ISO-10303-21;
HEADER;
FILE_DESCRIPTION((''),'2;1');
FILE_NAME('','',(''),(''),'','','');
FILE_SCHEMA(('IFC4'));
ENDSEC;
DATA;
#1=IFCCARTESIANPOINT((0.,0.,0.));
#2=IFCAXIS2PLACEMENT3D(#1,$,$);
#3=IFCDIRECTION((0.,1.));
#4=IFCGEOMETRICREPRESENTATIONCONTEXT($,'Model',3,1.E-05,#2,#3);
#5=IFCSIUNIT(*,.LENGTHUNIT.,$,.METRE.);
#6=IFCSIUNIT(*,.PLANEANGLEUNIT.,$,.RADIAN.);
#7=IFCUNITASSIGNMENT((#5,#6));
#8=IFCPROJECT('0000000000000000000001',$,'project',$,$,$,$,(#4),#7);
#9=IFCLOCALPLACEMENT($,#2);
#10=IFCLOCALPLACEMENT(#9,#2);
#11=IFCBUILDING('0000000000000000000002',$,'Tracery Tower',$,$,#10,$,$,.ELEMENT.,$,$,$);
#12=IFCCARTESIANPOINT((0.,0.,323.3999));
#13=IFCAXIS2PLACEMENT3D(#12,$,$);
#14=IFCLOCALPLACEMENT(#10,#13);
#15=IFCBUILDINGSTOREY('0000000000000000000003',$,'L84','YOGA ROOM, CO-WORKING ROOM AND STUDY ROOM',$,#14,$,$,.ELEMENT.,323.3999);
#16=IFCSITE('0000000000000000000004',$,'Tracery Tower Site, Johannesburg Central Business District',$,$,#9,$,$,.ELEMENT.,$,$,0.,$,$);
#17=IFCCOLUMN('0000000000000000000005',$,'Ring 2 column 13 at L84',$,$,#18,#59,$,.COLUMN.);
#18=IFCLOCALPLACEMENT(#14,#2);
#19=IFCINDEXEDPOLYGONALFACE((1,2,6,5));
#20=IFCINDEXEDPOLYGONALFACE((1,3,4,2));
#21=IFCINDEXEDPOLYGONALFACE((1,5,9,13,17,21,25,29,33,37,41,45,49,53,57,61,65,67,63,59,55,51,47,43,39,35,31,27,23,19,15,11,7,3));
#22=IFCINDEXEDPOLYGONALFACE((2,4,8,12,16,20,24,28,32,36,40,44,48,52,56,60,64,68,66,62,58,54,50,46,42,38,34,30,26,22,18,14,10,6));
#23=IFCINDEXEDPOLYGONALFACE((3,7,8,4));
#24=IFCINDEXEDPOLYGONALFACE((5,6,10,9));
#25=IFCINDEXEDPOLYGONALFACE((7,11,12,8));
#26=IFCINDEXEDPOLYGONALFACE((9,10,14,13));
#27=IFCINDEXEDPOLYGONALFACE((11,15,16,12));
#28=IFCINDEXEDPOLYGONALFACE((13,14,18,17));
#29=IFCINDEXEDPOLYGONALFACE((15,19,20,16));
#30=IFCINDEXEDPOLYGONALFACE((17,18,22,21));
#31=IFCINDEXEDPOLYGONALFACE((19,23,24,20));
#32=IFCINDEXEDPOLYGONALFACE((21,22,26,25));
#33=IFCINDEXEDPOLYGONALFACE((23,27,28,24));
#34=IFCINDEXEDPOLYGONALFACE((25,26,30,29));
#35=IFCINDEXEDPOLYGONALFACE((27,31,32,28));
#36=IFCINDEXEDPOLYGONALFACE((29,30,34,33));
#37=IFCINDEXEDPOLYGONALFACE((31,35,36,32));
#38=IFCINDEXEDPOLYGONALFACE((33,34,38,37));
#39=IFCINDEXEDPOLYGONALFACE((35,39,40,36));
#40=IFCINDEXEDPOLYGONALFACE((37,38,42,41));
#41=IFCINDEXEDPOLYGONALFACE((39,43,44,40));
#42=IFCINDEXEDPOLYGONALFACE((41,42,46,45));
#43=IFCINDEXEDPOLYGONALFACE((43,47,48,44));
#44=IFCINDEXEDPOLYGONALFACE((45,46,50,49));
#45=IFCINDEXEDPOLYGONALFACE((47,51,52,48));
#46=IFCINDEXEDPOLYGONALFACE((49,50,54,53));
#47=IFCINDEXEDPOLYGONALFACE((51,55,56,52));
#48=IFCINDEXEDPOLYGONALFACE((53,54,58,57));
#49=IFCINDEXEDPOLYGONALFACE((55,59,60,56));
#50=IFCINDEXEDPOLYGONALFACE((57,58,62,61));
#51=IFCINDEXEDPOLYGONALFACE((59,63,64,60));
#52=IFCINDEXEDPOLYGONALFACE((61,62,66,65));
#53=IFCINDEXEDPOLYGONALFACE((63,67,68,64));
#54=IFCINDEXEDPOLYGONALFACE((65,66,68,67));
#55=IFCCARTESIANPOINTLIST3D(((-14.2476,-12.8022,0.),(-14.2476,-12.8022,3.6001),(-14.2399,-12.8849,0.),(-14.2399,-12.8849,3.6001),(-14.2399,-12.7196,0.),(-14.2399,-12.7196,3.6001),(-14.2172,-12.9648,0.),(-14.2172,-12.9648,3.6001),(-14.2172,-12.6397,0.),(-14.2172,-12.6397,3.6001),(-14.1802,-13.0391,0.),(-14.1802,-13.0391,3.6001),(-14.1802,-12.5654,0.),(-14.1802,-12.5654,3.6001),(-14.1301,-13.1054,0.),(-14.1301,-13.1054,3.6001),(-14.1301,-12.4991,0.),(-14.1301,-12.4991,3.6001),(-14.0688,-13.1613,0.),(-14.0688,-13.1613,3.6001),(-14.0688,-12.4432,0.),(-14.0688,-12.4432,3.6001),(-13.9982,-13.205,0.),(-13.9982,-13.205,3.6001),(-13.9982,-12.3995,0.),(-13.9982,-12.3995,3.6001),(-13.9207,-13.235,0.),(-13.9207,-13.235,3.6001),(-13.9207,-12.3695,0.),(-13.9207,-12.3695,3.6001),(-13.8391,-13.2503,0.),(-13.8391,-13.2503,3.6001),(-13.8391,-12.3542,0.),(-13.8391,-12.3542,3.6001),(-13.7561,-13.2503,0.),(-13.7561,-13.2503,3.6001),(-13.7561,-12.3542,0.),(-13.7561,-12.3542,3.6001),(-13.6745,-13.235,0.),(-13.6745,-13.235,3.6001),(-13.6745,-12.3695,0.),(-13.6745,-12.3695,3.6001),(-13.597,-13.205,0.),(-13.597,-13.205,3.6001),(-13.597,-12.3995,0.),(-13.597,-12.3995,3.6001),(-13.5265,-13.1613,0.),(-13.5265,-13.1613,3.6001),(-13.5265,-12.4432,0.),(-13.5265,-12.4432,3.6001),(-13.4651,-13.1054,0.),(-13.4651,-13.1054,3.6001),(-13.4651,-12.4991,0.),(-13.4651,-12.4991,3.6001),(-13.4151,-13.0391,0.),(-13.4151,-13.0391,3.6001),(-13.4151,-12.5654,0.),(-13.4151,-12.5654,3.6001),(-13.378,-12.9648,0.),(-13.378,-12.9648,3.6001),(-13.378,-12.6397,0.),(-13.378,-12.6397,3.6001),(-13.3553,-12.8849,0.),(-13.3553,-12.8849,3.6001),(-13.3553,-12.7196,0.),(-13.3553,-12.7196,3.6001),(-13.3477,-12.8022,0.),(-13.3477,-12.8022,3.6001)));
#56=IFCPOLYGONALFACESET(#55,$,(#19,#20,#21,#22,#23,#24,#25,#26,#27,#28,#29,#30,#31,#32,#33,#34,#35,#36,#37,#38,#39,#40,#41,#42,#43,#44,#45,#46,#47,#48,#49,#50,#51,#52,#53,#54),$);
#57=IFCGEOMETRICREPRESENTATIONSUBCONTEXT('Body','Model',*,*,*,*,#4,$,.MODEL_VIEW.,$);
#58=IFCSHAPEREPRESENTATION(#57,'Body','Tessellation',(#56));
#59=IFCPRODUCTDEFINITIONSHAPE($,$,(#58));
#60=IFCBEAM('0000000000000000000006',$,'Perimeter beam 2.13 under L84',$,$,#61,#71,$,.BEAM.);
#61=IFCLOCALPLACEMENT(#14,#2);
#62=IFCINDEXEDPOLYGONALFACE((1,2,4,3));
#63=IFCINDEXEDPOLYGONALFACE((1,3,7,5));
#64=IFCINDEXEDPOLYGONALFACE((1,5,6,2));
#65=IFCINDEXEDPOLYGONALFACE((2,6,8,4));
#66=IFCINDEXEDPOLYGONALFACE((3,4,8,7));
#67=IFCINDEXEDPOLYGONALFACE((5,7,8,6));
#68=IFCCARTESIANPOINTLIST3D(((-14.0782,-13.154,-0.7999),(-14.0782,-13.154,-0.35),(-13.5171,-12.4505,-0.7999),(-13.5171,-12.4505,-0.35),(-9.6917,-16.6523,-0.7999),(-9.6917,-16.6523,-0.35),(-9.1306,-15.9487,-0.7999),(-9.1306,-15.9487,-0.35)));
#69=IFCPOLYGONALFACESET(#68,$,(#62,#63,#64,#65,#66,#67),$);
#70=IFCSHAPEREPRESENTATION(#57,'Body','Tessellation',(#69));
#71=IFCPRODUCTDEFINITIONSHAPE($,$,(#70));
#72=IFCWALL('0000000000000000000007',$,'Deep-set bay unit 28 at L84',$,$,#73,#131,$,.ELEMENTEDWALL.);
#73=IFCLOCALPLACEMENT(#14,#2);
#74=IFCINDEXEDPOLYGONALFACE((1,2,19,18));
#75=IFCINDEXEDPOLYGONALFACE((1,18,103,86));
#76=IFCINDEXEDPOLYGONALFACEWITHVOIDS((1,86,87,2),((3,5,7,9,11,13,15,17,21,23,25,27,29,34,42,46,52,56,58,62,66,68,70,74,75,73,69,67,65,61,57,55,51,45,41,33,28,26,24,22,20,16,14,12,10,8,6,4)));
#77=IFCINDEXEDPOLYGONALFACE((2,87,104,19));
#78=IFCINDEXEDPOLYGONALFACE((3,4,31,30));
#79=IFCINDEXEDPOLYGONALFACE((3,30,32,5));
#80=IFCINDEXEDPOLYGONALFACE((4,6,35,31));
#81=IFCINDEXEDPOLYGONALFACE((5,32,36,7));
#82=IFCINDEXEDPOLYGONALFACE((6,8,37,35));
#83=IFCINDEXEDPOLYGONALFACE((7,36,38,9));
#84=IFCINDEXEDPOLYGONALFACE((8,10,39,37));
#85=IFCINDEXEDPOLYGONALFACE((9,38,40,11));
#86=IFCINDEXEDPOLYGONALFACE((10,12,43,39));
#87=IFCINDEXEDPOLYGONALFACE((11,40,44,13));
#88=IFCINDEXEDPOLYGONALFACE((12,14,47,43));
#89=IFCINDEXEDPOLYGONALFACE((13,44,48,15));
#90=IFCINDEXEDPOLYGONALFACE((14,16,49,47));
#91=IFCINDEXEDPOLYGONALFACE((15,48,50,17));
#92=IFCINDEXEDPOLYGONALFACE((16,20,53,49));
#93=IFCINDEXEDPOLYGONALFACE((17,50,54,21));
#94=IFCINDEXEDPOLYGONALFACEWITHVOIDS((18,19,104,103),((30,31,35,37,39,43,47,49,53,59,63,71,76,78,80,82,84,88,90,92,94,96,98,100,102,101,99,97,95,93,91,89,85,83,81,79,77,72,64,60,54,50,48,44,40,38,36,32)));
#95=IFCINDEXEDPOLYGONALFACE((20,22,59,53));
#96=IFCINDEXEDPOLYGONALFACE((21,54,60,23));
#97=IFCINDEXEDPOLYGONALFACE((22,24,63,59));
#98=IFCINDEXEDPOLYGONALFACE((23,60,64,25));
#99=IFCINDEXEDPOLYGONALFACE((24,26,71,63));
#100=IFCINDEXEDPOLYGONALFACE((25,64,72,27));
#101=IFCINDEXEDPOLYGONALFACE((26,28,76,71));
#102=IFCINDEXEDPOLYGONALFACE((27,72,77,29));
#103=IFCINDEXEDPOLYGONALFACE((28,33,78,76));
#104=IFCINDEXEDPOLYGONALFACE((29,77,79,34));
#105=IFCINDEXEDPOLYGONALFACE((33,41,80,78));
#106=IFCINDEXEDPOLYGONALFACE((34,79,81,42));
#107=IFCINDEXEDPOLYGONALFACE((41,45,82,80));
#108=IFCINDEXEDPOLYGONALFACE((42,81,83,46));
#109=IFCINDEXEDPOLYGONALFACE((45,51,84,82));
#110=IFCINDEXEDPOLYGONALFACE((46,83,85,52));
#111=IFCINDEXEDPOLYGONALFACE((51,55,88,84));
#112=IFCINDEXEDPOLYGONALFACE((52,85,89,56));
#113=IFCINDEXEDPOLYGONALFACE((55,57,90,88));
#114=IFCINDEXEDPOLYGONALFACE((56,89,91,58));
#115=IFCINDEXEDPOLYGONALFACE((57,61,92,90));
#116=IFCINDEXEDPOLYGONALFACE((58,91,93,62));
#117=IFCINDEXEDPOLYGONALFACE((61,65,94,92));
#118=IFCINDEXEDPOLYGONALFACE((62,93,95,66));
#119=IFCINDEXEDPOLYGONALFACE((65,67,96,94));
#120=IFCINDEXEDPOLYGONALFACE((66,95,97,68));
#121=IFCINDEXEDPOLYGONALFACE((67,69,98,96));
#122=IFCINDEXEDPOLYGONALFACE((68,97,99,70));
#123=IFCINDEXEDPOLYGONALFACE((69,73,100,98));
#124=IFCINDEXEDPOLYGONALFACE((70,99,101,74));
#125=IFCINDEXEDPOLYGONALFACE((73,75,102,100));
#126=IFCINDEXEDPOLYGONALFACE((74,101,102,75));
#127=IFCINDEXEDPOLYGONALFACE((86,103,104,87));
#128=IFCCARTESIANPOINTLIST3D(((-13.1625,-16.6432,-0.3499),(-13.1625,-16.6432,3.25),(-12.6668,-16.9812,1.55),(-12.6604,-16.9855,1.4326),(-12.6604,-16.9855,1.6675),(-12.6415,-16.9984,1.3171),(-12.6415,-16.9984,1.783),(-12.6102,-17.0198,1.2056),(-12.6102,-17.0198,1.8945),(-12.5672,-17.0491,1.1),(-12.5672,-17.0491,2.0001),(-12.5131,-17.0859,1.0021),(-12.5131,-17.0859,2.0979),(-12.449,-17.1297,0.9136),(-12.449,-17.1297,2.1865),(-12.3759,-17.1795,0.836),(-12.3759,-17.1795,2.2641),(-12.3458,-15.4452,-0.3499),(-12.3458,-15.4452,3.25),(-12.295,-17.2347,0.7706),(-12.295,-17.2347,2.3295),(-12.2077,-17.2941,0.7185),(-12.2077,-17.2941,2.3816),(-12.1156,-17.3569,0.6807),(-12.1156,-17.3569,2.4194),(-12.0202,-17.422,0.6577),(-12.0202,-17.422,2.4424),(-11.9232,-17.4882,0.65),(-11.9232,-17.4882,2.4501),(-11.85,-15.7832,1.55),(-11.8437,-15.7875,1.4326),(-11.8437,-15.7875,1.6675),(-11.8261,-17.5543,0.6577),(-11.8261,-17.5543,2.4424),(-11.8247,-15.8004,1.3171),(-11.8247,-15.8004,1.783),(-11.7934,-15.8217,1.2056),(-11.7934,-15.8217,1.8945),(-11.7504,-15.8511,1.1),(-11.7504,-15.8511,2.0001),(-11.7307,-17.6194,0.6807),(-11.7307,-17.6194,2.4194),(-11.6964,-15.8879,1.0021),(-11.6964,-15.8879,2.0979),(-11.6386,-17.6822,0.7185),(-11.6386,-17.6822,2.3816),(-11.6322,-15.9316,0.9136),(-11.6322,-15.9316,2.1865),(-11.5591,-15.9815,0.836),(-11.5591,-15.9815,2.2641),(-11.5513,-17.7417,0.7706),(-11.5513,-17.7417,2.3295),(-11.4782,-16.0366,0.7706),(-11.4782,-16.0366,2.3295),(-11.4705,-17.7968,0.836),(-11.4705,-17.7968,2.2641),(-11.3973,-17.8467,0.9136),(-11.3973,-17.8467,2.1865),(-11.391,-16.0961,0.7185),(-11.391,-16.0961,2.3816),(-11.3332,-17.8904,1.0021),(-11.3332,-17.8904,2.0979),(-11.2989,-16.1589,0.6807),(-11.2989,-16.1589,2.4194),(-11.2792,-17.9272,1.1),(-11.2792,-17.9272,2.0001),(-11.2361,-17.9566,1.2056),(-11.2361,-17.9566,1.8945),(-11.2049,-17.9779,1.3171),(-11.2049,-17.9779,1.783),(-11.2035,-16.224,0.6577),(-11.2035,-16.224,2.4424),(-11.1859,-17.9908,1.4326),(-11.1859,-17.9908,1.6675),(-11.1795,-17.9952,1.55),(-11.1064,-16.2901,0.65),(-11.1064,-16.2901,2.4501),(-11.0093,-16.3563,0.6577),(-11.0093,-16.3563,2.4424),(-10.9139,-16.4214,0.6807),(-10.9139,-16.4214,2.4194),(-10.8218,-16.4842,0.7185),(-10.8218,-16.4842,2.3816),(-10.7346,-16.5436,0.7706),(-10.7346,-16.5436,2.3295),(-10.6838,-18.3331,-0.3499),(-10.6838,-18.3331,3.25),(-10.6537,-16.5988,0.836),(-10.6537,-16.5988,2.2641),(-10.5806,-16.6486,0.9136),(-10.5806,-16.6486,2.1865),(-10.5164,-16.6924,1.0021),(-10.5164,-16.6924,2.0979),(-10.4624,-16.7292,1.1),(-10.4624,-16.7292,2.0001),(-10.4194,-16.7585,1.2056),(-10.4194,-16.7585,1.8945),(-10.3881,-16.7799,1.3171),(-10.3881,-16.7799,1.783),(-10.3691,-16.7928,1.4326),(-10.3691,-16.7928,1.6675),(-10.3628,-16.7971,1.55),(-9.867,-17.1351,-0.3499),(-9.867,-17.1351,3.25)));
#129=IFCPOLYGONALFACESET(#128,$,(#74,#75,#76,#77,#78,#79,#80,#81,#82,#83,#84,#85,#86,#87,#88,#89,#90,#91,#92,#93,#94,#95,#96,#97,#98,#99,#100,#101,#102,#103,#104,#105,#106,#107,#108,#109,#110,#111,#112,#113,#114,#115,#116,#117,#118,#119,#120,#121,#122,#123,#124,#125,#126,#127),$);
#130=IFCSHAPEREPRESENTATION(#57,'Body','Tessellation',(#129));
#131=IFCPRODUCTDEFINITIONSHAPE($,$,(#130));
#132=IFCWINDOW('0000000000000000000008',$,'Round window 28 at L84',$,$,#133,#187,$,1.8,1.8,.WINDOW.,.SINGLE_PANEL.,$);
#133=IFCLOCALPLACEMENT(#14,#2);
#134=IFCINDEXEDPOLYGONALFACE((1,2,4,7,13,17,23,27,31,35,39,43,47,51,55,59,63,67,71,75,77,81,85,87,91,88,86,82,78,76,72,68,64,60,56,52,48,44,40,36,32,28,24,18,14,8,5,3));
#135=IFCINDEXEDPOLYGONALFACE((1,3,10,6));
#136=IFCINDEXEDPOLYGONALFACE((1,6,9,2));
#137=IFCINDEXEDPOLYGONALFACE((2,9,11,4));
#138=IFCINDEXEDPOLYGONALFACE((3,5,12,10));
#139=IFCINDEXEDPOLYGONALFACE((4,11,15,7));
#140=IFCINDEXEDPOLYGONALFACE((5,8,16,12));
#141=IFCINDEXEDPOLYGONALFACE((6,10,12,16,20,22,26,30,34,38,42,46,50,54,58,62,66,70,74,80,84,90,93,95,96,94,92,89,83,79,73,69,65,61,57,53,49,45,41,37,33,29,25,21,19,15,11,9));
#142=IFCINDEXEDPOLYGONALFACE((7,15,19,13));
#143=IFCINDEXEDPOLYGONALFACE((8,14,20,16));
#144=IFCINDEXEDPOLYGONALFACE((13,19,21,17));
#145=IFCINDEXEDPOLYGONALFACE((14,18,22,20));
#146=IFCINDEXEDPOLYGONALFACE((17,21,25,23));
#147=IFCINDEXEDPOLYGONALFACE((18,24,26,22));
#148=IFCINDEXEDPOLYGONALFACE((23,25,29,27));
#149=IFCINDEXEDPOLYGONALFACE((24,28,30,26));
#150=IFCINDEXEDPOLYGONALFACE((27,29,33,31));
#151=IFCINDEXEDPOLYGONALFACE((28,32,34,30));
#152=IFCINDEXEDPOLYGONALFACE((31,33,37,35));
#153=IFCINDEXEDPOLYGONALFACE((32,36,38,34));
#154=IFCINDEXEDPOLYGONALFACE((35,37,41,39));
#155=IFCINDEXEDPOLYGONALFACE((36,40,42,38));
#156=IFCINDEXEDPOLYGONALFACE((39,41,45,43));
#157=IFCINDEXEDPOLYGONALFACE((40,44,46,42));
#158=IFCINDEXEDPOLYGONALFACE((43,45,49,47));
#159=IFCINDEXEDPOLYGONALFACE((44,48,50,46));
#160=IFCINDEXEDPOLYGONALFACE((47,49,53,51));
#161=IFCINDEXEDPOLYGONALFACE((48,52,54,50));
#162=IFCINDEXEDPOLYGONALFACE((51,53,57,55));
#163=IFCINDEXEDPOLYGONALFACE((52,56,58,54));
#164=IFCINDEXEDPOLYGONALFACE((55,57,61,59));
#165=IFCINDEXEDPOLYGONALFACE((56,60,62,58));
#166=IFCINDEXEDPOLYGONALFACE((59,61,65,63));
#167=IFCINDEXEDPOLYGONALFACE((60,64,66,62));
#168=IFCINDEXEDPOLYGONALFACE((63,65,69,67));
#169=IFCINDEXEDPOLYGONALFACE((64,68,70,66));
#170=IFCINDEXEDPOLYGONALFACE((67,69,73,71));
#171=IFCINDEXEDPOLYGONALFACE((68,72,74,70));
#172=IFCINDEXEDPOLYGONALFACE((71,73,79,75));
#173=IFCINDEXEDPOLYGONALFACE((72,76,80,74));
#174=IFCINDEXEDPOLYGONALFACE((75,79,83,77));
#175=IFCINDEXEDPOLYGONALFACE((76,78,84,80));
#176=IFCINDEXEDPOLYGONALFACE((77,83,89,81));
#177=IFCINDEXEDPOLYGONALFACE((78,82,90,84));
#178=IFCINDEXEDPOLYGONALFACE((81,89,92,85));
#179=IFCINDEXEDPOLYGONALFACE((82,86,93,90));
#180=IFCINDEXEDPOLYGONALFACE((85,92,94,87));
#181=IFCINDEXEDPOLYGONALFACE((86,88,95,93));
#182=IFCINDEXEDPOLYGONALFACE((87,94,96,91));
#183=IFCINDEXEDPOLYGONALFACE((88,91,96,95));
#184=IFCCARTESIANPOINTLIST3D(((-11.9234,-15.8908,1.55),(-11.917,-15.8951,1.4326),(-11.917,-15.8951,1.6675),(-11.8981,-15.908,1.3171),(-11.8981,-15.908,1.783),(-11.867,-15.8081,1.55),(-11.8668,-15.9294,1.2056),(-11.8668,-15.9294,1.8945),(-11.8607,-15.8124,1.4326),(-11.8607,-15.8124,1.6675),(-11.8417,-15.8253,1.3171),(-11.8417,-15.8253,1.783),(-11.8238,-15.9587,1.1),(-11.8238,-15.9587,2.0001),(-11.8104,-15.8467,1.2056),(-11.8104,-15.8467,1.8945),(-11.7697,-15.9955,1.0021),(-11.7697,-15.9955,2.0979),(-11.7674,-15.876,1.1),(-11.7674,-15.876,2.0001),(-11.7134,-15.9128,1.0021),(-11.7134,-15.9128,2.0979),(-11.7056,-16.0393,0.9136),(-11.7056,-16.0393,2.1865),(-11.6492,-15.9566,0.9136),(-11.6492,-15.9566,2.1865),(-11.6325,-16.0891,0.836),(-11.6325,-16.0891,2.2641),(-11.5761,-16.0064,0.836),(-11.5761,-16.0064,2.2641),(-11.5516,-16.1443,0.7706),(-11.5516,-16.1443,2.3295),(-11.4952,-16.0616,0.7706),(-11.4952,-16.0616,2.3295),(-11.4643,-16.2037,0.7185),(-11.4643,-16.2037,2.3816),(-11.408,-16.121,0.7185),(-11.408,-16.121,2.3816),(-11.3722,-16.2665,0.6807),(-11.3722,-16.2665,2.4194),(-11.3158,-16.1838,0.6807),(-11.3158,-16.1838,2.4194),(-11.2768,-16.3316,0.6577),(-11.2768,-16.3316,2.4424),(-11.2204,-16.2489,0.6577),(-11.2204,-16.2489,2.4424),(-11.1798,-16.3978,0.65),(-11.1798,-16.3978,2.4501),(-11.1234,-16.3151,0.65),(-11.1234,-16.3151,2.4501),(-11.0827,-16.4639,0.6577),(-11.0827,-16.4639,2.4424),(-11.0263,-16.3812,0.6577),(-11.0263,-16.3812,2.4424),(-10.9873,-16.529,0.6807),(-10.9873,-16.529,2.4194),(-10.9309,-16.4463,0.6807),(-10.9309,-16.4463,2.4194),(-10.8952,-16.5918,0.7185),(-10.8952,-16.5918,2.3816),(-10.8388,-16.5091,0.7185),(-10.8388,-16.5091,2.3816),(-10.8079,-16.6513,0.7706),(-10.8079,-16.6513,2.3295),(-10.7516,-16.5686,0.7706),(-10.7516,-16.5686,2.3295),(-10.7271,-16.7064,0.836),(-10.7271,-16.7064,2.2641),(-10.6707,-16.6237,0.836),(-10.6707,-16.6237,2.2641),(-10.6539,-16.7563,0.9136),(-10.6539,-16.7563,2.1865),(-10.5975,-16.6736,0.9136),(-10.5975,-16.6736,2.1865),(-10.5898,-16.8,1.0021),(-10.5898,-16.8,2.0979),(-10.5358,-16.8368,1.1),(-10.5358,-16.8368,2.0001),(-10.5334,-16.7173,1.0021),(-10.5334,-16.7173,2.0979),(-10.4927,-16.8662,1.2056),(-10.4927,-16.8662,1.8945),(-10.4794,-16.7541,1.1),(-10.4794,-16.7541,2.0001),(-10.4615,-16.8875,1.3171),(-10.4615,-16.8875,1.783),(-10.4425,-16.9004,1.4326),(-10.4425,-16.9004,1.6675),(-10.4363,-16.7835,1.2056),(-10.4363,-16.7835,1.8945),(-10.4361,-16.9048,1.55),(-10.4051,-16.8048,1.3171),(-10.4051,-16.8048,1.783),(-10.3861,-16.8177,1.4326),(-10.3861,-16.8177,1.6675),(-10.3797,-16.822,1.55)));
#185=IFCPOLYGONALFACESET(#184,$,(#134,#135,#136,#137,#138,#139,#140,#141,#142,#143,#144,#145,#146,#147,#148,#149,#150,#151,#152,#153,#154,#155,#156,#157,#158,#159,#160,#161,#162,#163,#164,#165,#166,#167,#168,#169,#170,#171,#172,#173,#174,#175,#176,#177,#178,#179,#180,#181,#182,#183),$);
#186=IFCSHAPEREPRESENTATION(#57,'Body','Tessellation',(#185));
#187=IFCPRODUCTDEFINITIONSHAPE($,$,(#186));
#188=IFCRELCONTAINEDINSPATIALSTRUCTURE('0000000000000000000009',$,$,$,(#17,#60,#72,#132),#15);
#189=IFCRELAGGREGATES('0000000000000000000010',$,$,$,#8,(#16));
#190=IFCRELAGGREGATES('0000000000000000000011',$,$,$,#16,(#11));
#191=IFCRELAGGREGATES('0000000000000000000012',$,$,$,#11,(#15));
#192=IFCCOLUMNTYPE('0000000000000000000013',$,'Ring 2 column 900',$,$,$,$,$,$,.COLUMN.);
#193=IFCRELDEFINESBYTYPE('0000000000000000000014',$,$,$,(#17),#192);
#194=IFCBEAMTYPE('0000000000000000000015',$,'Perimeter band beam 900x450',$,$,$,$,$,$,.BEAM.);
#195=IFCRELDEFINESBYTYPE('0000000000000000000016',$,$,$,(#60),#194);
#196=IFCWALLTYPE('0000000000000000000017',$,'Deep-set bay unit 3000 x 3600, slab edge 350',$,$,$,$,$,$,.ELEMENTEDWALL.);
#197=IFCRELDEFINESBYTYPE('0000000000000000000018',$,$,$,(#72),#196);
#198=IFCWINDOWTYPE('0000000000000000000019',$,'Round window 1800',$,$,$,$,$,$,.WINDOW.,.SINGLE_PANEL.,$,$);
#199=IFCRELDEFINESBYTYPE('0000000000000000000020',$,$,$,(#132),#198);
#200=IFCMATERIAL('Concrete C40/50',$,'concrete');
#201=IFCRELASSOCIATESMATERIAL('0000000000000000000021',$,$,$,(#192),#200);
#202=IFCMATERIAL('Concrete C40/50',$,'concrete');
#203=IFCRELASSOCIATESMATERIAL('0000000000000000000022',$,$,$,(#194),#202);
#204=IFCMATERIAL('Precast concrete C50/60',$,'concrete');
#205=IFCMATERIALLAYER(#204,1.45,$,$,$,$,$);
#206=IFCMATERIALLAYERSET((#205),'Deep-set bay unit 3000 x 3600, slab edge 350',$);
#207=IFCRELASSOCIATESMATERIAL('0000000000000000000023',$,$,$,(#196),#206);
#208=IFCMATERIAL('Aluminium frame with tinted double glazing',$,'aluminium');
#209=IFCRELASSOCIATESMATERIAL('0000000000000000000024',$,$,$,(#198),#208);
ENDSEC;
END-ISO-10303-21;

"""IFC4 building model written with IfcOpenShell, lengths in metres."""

from ifc_helpers import new_model, si_unit, direction, frame, frame_2d, origin, origin_2d, place, context, subcontext, project, spatial, rectangle, circle, extrude, material, layer, layer_set, material_profile, profile_set, type_object, element, fill, save


model = new_model("IFC4")

# Units and contexts
model_context = context("Model", 3, precision=1e-05, world=origin(), true_north=direction((0.0, 1.0)))
body_context = subcontext(model_context, "Body", "Model", "MODEL_VIEW")
ifc_project = project(units=[si_unit("LENGTHUNIT", "METRE"), si_unit("PLANEANGLEUNIT", "RADIAN")], contexts=[model_context])

# Site, building, storey
site_placement = place(None, origin())
site = spatial("IfcSite", under=ifc_project, at=site_placement, Name="Tracery Tower Site, Johannesburg Central Business District", CompositionType="ELEMENT", RefElevation=0.0)
building_placement = place(site_placement, origin())
building = spatial("IfcBuilding", under=site, at=building_placement, Name="Tracery Tower", CompositionType="ELEMENT")
storey_placement = place(building_placement, frame((0.0, 0.0, 323.3999)))
storey = spatial("IfcBuildingStorey", under=building, at=storey_placement, Name="L84", Description="YOGA ROOM, CO-WORKING ROOM AND STUDY ROOM", CompositionType="ELEMENT", Elevation=323.3999)

# Column
ifc_material_1 = material(Name="Concrete C40/50", Category="concrete")
ifc_material_profile_1 = material_profile(ifc_material_1, circle(Radius=0.45, at=origin_2d()), Name="RC D900")
ifc_profile_set_1 = profile_set([ifc_material_profile_1], Name="Concrete C40/50")
column_type = type_object("IfcColumnType", Name="Ring 2 column 900", PredefinedType="COLUMN", material=ifc_profile_set_1)
column_placement = place(storey_placement, frame((-13.7976, -12.8022, 0.0), z_axis=(0.0, 0.0, 1.0), x_axis=(1.0, 0.0, 0.0)))
element("IfcColumn", 1, at=column_placement, inside=storey, type_object=column_type, Name="Ring 2 column 13 at L84", PredefinedType="COLUMN", context=body_context, shape_type="SweptSolid", body=[
    extrude(circle(Radius=0.45, at=origin_2d()), origin(), (0.0, 0.0, 1.0), 3.6001),
])

# Beam
ifc_material_2 = material(Name="Concrete C40/50", Category="concrete")
ifc_material_profile_2 = material_profile(ifc_material_2, rectangle(XDim=0.8999, YDim=0.45, at=origin_2d()), Name="RC 900x450")
ifc_profile_set_2 = profile_set([ifc_material_profile_2], Name="Concrete C40/50")
beam_type = type_object("IfcBeamType", Name="Perimeter band beam 900x450", PredefinedType="BEAM", material=ifc_profile_set_2)
beam_placement = place(storey_placement, frame((-13.7976, -12.8022, -0.575), z_axis=(0.781815, -0.623511, 0.0), x_axis=(0.623511, 0.781815, 0.0)))
element("IfcBeam", 2, at=beam_placement, inside=storey, type_object=beam_type, Name="Perimeter beam 2.13 under L84", PredefinedType="BEAM", context=body_context, shape_type="SweptSolid", body=[
    extrude(rectangle(XDim=0.8999, YDim=0.45, at=origin_2d()), origin(), (0.0, 0.0, 1.0), 5.6106),
])

# Wall, opening, window
ifc_material_3 = material(Name="Precast concrete C50/60", Category="concrete")
ifc_layer_1 = layer(ifc_material_3, 1.45)
ifc_layer_set_1 = layer_set([ifc_layer_1], Name="Deep-set bay unit 3000 x 3600, slab edge 350")
wall_type_1 = type_object("IfcWallType", Name="Deep-set bay unit 3000 x 3600, slab edge 350", PredefinedType="ELEMENTEDWALL", material=ifc_layer_set_1)
wall_1_placement = place(storey_placement, frame((-12.7542, -16.0442, -0.3499), z_axis=(0.0, 0.0, 1.0), x_axis=(0.826246, -0.563309, 0.0)))
wall_1 = element("IfcWall", 3, at=wall_1_placement, inside=storey, type_object=wall_type_1, Name="Deep-set bay unit 28 at L84", PredefinedType="ELEMENTEDWALL", context=body_context, shape_type="SweptSolid", body=[
    extrude(rectangle(XDim=3.0, YDim=1.45, at=frame_2d((1.5, 0.0))), origin(), (0.0, 0.0, 1.0), 3.5999),
])
opening_1_placement = place(wall_1_placement, frame((1.5, 0.0, 1.8999)))
opening_1 = element("IfcOpeningElement", 4, at=opening_1_placement, cuts=wall_1, PredefinedType="OPENING", context=body_context, shape_type="SweptSolid", body=[
    extrude(circle(Radius=0.9, at=origin_2d()), frame((0.0, 0.7349, 0.0), z_axis=(0.0, -1.0, 0.0), x_axis=(1.0, 0.0, 0.0)), (0.0, 0.0, 1.0), 1.47),
])
ifc_material_4 = material(Name="Aluminium frame with tinted double glazing", Category="aluminium")
window_type = type_object("IfcWindowType", Name="Round window 1800", PartitioningType="SINGLE_PANEL", PredefinedType="WINDOW", material=ifc_material_4)
window_1_placement = place(opening_1_placement, origin())
window_1 = element("IfcWindow", 5, at=window_1_placement, inside=storey, type_object=window_type, Name="Round window 28 at L84", OverallHeight=1.8, OverallWidth=1.8, PartitioningType="SINGLE_PANEL", PredefinedType="WINDOW", context=body_context, shape_type="SweptSolid", body=[
    extrude(circle(Radius=0.9, at=origin_2d()), frame((0.0, 0.6948, 0.0), z_axis=(0.0, -1.0, 0.0), x_axis=(1.0, 0.0, 0.0)), (0.0, 0.0, 1.0), 0.1001),
])
fill(opening_1, window_1)

save(model, "model.ifc")
